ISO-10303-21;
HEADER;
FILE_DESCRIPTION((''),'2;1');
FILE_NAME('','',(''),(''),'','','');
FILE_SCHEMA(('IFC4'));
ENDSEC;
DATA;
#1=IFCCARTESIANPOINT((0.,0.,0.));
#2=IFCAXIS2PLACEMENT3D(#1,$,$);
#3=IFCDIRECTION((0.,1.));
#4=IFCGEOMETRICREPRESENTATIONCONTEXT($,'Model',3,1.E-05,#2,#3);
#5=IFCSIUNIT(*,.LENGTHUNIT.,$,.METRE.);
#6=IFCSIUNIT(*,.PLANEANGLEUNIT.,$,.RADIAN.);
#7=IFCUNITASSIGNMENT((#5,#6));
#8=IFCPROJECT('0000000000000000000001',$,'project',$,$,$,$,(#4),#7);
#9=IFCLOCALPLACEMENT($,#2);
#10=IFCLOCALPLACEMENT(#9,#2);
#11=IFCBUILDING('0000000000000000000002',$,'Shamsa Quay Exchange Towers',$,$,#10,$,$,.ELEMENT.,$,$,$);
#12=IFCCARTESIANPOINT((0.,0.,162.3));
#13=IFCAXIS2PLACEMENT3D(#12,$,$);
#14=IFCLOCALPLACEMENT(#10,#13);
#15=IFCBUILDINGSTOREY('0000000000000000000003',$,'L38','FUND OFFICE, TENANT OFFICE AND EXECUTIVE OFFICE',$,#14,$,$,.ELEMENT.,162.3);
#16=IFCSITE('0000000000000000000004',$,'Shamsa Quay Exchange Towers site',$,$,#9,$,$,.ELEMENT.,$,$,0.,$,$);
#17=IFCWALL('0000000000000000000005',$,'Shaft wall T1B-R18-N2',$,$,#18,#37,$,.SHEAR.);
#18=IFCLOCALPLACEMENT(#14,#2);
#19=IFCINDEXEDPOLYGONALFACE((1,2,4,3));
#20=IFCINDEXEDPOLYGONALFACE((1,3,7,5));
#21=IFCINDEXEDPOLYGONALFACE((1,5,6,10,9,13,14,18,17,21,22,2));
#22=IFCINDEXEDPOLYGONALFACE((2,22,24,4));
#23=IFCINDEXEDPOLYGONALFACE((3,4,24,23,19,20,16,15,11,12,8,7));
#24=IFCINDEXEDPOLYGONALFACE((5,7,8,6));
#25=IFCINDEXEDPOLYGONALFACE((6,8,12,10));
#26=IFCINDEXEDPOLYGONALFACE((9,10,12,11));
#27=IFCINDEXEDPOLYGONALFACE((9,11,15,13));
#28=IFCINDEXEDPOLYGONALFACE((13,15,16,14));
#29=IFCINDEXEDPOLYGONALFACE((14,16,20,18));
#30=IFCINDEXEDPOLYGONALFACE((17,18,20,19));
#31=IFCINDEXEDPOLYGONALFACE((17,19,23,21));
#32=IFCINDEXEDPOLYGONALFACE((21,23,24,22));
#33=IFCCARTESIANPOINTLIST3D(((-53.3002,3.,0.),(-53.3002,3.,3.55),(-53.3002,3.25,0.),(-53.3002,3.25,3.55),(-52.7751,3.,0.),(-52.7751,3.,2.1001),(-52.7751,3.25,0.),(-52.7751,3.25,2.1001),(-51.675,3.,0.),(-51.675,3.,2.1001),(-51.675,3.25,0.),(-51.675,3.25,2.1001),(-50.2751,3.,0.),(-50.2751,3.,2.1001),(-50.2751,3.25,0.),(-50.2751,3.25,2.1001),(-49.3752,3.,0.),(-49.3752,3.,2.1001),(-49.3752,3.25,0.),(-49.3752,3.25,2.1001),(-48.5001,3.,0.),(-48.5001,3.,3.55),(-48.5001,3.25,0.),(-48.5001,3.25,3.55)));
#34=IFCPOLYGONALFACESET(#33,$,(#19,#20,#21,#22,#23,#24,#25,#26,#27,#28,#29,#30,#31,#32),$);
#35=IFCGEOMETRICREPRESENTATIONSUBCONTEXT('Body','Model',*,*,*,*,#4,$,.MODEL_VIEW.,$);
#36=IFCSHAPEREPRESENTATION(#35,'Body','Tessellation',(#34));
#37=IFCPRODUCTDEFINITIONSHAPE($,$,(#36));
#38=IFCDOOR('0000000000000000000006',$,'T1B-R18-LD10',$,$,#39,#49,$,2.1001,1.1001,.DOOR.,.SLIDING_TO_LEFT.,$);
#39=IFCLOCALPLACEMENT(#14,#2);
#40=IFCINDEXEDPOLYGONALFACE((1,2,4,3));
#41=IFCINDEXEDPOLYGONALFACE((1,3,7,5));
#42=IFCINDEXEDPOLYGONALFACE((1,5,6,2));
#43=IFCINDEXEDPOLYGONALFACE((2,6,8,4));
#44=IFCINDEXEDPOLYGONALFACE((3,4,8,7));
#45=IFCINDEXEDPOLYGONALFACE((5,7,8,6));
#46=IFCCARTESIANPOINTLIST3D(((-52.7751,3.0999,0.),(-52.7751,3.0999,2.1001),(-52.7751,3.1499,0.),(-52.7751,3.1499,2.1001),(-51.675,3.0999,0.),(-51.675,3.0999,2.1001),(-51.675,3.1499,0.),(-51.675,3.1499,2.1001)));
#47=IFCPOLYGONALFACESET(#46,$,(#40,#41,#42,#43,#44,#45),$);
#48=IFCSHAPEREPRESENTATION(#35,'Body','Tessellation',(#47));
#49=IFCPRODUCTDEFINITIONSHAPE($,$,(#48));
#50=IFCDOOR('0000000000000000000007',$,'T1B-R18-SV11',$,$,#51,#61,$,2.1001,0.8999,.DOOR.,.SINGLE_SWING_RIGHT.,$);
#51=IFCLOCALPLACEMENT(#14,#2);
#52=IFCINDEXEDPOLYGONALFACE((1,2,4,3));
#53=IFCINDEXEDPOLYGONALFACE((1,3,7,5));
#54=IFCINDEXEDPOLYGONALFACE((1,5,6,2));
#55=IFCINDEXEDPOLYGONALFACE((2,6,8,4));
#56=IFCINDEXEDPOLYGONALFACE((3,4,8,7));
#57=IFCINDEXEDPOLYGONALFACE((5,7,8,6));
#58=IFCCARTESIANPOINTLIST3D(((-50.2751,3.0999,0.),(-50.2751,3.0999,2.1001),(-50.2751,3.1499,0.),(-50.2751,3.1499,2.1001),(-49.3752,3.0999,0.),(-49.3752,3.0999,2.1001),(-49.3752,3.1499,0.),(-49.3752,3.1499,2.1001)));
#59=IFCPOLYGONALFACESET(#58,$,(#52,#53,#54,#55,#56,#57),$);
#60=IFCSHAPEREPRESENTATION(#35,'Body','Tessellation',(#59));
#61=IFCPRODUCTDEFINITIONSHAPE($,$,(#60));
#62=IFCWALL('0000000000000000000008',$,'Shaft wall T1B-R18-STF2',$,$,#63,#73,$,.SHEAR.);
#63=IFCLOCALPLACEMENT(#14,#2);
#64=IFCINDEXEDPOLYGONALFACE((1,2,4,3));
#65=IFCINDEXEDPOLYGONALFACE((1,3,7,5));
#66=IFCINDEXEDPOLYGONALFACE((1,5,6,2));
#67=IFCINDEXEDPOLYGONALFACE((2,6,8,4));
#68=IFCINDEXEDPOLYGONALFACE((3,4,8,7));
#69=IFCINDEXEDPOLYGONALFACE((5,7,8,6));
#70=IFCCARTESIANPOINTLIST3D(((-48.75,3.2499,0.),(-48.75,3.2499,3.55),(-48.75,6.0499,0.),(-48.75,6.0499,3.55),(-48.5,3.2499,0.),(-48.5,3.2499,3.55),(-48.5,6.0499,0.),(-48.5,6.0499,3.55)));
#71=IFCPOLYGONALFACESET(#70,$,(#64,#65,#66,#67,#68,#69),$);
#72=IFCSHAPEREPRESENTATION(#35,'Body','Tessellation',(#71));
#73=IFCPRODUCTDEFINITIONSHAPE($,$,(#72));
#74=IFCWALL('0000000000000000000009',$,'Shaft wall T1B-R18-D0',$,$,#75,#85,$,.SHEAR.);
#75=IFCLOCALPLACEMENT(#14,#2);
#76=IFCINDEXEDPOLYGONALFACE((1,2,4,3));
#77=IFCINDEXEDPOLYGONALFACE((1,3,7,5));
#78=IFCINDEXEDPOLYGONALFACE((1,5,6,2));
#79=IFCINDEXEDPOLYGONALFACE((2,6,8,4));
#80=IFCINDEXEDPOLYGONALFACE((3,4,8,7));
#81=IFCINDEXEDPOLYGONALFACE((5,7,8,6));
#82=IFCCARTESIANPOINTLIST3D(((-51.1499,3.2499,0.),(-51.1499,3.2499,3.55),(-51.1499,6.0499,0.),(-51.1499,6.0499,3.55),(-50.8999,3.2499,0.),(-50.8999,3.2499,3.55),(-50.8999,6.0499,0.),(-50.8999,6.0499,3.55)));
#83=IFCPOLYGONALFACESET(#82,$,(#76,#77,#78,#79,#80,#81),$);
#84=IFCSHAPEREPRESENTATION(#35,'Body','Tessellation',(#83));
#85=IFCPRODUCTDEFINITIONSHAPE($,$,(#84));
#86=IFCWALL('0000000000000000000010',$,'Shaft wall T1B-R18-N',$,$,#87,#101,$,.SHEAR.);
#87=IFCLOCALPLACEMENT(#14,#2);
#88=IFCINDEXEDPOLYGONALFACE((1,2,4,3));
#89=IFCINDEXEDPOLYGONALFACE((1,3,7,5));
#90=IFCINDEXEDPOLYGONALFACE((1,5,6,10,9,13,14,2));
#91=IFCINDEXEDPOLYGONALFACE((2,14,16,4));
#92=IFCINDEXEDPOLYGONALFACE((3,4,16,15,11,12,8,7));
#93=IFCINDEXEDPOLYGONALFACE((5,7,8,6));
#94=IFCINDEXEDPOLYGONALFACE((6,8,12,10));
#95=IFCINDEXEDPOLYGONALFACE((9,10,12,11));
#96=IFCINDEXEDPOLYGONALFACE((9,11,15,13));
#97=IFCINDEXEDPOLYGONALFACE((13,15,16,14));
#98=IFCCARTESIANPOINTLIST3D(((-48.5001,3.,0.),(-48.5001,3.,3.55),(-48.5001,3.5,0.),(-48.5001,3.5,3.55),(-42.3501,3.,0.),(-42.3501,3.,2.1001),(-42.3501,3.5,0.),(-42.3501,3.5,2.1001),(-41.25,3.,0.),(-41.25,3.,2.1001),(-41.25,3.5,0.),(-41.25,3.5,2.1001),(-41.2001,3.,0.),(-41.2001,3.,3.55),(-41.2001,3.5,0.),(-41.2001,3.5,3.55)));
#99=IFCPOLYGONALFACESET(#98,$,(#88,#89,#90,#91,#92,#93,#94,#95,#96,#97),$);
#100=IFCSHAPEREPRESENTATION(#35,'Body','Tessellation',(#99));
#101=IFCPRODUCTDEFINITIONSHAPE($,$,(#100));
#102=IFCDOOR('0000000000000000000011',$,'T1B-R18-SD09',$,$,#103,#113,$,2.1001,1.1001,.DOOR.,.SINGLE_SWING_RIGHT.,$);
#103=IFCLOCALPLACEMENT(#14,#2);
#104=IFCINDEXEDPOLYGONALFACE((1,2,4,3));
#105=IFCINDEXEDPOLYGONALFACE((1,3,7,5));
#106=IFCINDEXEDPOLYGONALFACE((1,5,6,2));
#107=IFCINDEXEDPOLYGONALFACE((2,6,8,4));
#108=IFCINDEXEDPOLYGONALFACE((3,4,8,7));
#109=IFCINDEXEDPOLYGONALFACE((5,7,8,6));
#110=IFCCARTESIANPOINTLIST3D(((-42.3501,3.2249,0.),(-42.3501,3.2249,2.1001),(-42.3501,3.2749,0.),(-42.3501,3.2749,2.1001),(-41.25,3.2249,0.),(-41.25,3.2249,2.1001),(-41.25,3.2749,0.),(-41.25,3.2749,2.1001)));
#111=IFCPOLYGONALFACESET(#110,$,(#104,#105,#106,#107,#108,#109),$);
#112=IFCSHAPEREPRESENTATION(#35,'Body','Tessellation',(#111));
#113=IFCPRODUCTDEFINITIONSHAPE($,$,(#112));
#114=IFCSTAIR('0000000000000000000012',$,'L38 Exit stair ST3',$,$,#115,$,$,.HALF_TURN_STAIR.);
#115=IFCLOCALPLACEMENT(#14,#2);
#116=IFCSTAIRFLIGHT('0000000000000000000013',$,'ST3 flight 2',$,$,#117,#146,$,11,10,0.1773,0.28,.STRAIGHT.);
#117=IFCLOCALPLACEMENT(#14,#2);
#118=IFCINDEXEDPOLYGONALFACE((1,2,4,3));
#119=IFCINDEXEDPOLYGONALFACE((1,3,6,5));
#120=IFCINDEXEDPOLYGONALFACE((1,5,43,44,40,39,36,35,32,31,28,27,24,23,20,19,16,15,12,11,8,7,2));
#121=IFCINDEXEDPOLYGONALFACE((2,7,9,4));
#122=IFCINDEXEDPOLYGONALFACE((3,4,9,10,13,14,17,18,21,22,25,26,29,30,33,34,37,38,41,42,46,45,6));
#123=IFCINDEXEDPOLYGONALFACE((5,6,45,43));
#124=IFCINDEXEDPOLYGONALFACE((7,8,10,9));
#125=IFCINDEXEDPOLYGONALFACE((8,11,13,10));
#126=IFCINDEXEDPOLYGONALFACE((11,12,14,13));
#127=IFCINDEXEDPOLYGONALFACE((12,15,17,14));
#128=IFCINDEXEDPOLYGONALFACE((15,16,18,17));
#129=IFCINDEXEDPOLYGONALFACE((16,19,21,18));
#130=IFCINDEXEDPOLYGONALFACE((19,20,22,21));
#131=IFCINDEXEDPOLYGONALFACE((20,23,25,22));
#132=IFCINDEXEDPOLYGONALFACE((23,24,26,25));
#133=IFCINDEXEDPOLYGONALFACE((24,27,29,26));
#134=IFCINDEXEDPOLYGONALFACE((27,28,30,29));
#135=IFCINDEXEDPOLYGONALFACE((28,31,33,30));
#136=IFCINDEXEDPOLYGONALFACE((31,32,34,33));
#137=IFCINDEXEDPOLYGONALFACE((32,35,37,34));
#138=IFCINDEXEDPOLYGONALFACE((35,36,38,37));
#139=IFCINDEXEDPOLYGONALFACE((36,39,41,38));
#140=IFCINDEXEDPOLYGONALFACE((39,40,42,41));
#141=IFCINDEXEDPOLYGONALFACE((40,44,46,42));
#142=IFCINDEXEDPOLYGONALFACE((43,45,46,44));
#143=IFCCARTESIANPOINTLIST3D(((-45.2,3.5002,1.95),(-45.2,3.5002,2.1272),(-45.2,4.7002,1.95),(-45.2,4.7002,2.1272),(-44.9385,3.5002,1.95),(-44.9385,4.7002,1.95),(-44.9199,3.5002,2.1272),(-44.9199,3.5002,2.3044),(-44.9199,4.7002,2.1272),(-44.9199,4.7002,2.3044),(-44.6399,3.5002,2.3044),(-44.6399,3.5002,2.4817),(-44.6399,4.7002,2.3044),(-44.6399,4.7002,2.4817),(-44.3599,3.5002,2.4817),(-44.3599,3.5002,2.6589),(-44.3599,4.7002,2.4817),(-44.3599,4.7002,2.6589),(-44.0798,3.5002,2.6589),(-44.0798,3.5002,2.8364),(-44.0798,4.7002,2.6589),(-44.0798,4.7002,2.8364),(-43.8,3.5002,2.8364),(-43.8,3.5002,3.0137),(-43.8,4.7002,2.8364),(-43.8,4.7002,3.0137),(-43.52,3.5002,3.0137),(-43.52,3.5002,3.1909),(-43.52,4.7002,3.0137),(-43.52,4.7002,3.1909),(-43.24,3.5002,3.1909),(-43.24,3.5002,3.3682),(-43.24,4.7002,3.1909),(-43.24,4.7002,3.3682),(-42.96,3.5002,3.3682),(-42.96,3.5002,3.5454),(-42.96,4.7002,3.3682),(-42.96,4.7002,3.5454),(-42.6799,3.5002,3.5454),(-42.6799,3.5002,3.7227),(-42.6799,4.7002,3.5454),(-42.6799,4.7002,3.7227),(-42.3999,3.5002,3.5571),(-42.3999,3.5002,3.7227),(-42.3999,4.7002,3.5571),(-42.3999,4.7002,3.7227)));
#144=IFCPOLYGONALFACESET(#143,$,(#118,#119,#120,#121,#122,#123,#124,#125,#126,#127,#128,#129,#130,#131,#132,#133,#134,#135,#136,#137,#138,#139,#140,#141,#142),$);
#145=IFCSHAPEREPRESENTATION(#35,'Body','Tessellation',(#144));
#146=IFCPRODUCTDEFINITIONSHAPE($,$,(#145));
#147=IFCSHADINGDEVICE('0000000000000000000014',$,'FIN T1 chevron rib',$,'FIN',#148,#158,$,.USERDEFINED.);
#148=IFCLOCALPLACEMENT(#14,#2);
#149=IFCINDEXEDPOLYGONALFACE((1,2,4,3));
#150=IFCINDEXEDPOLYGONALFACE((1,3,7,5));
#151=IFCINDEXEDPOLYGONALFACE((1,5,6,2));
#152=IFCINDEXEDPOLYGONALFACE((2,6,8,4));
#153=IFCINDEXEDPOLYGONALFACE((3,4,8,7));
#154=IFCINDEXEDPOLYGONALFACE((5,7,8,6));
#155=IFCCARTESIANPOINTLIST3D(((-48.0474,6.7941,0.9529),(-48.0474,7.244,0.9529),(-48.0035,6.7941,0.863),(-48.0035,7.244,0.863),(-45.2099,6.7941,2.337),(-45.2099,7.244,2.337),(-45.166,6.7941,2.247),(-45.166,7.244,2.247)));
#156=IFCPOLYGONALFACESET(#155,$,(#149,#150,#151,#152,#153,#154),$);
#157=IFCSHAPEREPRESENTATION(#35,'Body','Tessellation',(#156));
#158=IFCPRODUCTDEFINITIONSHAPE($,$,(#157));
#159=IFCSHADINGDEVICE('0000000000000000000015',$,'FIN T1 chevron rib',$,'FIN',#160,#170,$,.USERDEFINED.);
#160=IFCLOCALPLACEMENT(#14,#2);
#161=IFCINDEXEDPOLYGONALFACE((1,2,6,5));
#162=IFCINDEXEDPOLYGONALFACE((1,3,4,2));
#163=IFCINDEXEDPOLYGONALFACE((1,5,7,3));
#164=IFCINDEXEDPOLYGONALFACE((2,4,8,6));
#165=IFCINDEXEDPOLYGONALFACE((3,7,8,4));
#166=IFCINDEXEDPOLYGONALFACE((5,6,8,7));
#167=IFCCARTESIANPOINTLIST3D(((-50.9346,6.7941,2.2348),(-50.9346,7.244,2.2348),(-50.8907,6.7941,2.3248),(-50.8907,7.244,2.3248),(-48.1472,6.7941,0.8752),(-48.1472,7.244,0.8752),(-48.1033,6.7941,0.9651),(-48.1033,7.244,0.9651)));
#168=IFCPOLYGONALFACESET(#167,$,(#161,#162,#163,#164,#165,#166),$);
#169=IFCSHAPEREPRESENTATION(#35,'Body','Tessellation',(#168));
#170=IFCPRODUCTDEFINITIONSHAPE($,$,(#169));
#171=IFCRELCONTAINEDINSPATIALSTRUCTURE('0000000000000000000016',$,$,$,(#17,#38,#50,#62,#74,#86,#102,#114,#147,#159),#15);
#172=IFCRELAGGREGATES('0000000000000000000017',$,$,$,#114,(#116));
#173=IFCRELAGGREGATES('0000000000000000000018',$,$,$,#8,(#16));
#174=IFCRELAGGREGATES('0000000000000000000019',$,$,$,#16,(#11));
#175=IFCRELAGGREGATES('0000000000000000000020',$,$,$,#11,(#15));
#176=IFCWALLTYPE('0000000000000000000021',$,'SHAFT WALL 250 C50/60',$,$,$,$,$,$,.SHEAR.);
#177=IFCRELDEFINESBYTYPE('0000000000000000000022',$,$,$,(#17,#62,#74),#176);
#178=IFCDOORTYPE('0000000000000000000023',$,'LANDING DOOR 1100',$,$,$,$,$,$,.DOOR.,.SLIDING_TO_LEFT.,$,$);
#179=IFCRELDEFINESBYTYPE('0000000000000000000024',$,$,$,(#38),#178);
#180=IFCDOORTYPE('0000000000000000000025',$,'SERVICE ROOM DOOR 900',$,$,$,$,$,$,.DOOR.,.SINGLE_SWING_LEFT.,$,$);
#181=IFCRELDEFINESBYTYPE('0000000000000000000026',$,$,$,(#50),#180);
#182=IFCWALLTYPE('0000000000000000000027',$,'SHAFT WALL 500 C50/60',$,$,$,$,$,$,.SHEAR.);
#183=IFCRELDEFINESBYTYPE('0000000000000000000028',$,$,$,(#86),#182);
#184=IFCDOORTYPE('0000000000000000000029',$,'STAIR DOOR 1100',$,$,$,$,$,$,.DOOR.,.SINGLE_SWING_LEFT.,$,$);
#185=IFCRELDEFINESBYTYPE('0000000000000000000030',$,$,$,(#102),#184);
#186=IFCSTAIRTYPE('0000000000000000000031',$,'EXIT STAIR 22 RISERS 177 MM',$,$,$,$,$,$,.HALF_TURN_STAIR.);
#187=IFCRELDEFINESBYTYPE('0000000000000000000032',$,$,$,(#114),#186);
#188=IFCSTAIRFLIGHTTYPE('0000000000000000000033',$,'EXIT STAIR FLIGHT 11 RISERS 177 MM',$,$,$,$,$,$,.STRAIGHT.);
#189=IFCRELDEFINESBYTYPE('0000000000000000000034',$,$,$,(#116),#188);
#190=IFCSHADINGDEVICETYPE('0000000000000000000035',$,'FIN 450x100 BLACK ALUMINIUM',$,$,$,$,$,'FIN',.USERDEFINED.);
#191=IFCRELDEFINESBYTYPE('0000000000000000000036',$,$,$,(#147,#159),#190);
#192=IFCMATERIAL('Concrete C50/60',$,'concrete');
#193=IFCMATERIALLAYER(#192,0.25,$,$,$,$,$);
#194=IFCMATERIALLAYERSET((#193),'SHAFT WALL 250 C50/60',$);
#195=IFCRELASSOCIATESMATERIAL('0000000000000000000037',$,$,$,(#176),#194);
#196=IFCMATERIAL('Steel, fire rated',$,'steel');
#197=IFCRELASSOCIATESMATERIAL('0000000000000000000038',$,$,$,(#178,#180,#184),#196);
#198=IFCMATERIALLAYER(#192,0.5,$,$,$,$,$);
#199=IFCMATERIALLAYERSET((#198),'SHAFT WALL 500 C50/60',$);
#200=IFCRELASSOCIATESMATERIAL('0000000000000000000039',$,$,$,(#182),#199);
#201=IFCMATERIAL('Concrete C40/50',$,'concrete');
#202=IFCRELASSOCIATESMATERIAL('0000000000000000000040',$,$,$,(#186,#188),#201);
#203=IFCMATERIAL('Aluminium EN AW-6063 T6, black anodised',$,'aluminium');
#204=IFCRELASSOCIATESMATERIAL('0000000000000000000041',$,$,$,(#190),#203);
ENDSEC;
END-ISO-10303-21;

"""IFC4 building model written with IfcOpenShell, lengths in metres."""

from ifc_helpers import new_model, si_unit, direction, frame, frame_2d, origin, origin_2d, place, context, subcontext, project, spatial, polyline, rectangle, outline, extrude, material, layer, layer_set, material_profile, profile_set, type_object, element, fill, aggregate, save


model = new_model("IFC4")

# Units and contexts
model_context = context("Model", 3, precision=1e-05, world=origin(), true_north=direction((0.0, 1.0)))
body_context = subcontext(model_context, "Body", "Model", "MODEL_VIEW")
ifc_project = project(units=[si_unit("LENGTHUNIT", "METRE"), si_unit("PLANEANGLEUNIT", "RADIAN")], contexts=[model_context])

# Site, building, storey
site_placement = place(None, origin())
site = spatial("IfcSite", under=ifc_project, at=site_placement, Name="Shamsa Quay Exchange Towers site", CompositionType="ELEMENT", RefElevation=0.0)
building_placement = place(site_placement, origin())
building = spatial("IfcBuilding", under=site, at=building_placement, Name="Shamsa Quay Exchange Towers", CompositionType="ELEMENT")
storey_placement = place(building_placement, frame((0.0, 0.0, 162.3)))
storey = spatial("IfcBuildingStorey", under=building, at=storey_placement, Name="L38", Description="FUND OFFICE, TENANT OFFICE AND EXECUTIVE OFFICE", CompositionType="ELEMENT", Elevation=162.3)

# Shared definitions
ifc_material_1 = material(Name="Aluminium EN AW-6063 T6, black anodised", Category="aluminium")

# Wall, openings, doors
ifc_material_2 = material(Name="Concrete C50/60", Category="concrete")
ifc_layer_1 = layer(ifc_material_2, 0.25)
ifc_layer_set_1 = layer_set([ifc_layer_1], Name="SHAFT WALL 250 C50/60")
wall_type_1 = type_object("IfcWallType", Name="SHAFT WALL 250 C50/60", PredefinedType="SHEAR", material=ifc_layer_set_1)
wall_1_placement = place(storey_placement, frame((-53.3, 3.125, 0.0)))
wall_1 = element("IfcWall", 1, at=wall_1_placement, inside=storey, type_object=wall_type_1, Name="Shaft wall T1B-R18-N2", PredefinedType="SHEAR", context=body_context, shape_type="SweptSolid", body=[
    extrude(rectangle(XDim=4.8, YDim=0.25, at=frame_2d((2.3999, 0.0))), origin(), (0.0, 0.0, 1.0), 3.55),
])
opening_1_placement = place(wall_1_placement, frame((0.5249, 0.0, 0.0)))
opening_1 = element("IfcOpeningElement", 2, at=opening_1_placement, cuts=wall_1, PredefinedType="OPENING", context=body_context, shape_type="SweptSolid", body=[
    extrude(rectangle(XDim=1.1001, YDim=2.1001, at=frame_2d((0.55, 1.05))), frame((0.0, 0.135, 0.0), z_axis=(0.0, -1.0, 0.0), x_axis=(1.0, 0.0, 0.0)), (0.0, 0.0, 1.0), 0.27),
])
opening_2_placement = place(wall_1_placement, frame((3.0249, 0.0, 0.0)))
opening_2 = element("IfcOpeningElement", 3, at=opening_2_placement, cuts=wall_1, PredefinedType="OPENING", context=body_context, shape_type="SweptSolid", body=[
    extrude(rectangle(XDim=0.8999, YDim=2.1001, at=frame_2d((0.45, 1.05))), frame((0.0, 0.135, 0.0), z_axis=(0.0, -1.0, 0.0), x_axis=(1.0, 0.0, 0.0)), (0.0, 0.0, 1.0), 0.27),
])
ifc_material_3 = material(Name="Steel, fire rated", Category="steel")
door_type_1 = type_object("IfcDoorType", Name="LANDING DOOR 1100", OperationType="SLIDING_TO_LEFT", PredefinedType="DOOR", material=ifc_material_3)
door_1_placement = place(opening_1_placement, origin())
door_1 = element("IfcDoor", 4, at=door_1_placement, inside=storey, type_object=door_type_1, Name="T1B-R18-LD10", OperationType="SLIDING_TO_LEFT", OverallHeight=2.1001, OverallWidth=1.1001, PredefinedType="DOOR", context=body_context, shape_type="SweptSolid", body=[
    extrude(rectangle(XDim=1.1001, YDim=2.1001, at=frame_2d((0.55, 1.05))), frame((0.0, 0.0249, 0.0), z_axis=(0.0, -1.0, 0.0), x_axis=(1.0, 0.0, 0.0)), (0.0, 0.0, 1.0), 0.05),
])
fill(opening_1, door_1)
door_type_2 = type_object("IfcDoorType", Name="SERVICE ROOM DOOR 900", OperationType="SINGLE_SWING_LEFT", PredefinedType="DOOR", material=ifc_material_3)
door_2_placement = place(opening_2_placement, origin())
door_2 = element("IfcDoor", 5, at=door_2_placement, inside=storey, type_object=door_type_2, Name="T1B-R18-SV11", OperationType="SINGLE_SWING_RIGHT", OverallHeight=2.1001, OverallWidth=0.8999, PredefinedType="DOOR", context=body_context, shape_type="SweptSolid", body=[
    extrude(rectangle(XDim=0.8999, YDim=2.1001, at=frame_2d((0.45, 1.05))), frame((0.0, 0.0249, 0.0), z_axis=(0.0, -1.0, 0.0), x_axis=(1.0, 0.0, 0.0)), (0.0, 0.0, 1.0), 0.05),
])
fill(opening_2, door_2)

# Walls
for number, where, z_axis, x_axis, name in (
    (6, (-48.625, 3.25, 0.0), (0.0, 0.0, 1.0), (0.0, 1.0, 0.0), "Shaft wall T1B-R18-STF2"),
    (7, (-51.0249, 3.25, 0.0), (0.0, 0.0, 1.0), (0.0, 1.0, 0.0), "Shaft wall T1B-R18-D0"),
):
    element("IfcWall", number, at=place(storey_placement, frame(where, z_axis=z_axis, x_axis=x_axis)), inside=storey, type_object=wall_type_1, Name=name, PredefinedType="SHEAR", context=body_context, shape_type="SweptSolid", body=[
        extrude(rectangle(XDim=2.8, YDim=0.25, at=frame_2d((1.3999, 0.0))), origin(), (0.0, 0.0, 1.0), 3.55),
    ])

# Wall, opening, door
ifc_layer_2 = layer(ifc_material_2, 0.5)
ifc_layer_set_2 = layer_set([ifc_layer_2], Name="SHAFT WALL 500 C50/60")
wall_type_2 = type_object("IfcWallType", Name="SHAFT WALL 500 C50/60", PredefinedType="SHEAR", material=ifc_layer_set_2)
wall_2_placement = place(storey_placement, frame((-48.5, 3.25, 0.0)))
wall_2 = element("IfcWall", 8, at=wall_2_placement, inside=storey, type_object=wall_type_2, Name="Shaft wall T1B-R18-N", PredefinedType="SHEAR", context=body_context, shape_type="SweptSolid", body=[
    extrude(rectangle(XDim=7.3, YDim=0.5, at=frame_2d((3.6499, 0.0))), origin(), (0.0, 0.0, 1.0), 3.55),
])
opening_3_placement = place(wall_2_placement, frame((6.1499, 0.0, 0.0)))
opening_3 = element("IfcOpeningElement", 9, at=opening_3_placement, cuts=wall_2, PredefinedType="OPENING", context=body_context, shape_type="SweptSolid", body=[
    extrude(rectangle(XDim=1.1001, YDim=2.1001, at=frame_2d((0.55, 1.05))), frame((0.0, 0.26, 0.0), z_axis=(0.0, -1.0, 0.0), x_axis=(1.0, 0.0, 0.0)), (0.0, 0.0, 1.0), 0.52),
])
door_type_3 = type_object("IfcDoorType", Name="STAIR DOOR 1100", OperationType="SINGLE_SWING_LEFT", PredefinedType="DOOR", material=ifc_material_3)
door_3_placement = place(opening_3_placement, origin())
door_3 = element("IfcDoor", 10, at=door_3_placement, inside=storey, type_object=door_type_3, Name="T1B-R18-SD09", OperationType="SINGLE_SWING_RIGHT", OverallHeight=2.1001, OverallWidth=1.1001, PredefinedType="DOOR", context=body_context, shape_type="SweptSolid", body=[
    extrude(rectangle(XDim=1.1001, YDim=2.1001, at=frame_2d((0.55, 1.05))), frame((0.0, 0.0249, 0.0), z_axis=(0.0, -1.0, 0.0), x_axis=(1.0, 0.0, 0.0)), (0.0, 0.0, 1.0), 0.05),
])
fill(opening_3, door_3)

# Stair, stair flight
ifc_material_4 = material(Name="Concrete C40/50", Category="concrete")
stair_type = type_object("IfcStairType", Name="EXIT STAIR 22 RISERS 177 MM", PredefinedType="HALF_TURN_STAIR", material=ifc_material_4)
stair_placement = place(storey_placement, origin())
stair = element("IfcStair", 11, at=stair_placement, inside=storey, type_object=stair_type, Name="L38 Exit stair ST3", PredefinedType="HALF_TURN_STAIR")
stair_flight_type = type_object("IfcStairFlightType", Name="EXIT STAIR FLIGHT 11 RISERS 177 MM", PredefinedType="STRAIGHT", material=ifc_material_4)
stair_flight_placement = place(storey_placement, frame((-45.2, 4.1001, 1.95)))
stair_flight = element("IfcStairFlight", 12, at=stair_flight_placement, type_object=stair_flight_type, Name="ST3 flight 2", NumberOfRisers=11, NumberOfTreads=10, PredefinedType="STRAIGHT", RiserHeight=0.1773, TreadLength=0.28, context=body_context, shape_type="SweptSolid", body=[
    extrude(outline(polyline([(0.0, 0.0), (0.0, 0.1772), (0.28, 0.1772), (0.28, 0.3545), (0.5601, 0.3545), (0.5601, 0.5317), (0.8401, 0.5317), (0.8401, 0.709), (1.1201, 0.709), (1.1201, 0.8865), (1.3999, 0.8865), (1.3999, 1.0637), (1.6799, 1.0637), (1.6799, 1.241), (1.96, 1.241), (1.96, 1.4182), (2.24, 1.4182), (2.24, 1.5955), (2.52, 1.5955), (2.52, 1.7727), (2.8, 1.7727), (2.8, 1.95), (2.8, 1.6072), (0.2615, 0.0), (0.0, 0.0)])), frame((0.0, 0.6001, 0.0), z_axis=(0.0, -1.0, 0.0), x_axis=(1.0, 0.0, 0.0)), (0.0, 0.0, 1.0), 1.2),
])
aggregate(stair, [stair_flight])

# Shading devices
ifc_material_profile_1 = material_profile(ifc_material_1, rectangle(XDim=0.45, YDim=0.1001, at=origin_2d()), Name="FIN450x100")
ifc_profile_set_1 = profile_set([ifc_material_profile_1], Name="Aluminium EN AW-6063 T6, black anodised")
shading_device_type = type_object("IfcShadingDeviceType", Name="FIN 450x100 BLACK ALUMINIUM", ElementType="FIN", PredefinedType="USERDEFINED", material=ifc_profile_set_1)
shading_device_1_placement = place(storey_placement, frame((-45.188, 7.019, 2.292), z_axis=(-0.898777, 0.0, -0.438407), x_axis=(0.0, -1.0, 0.0)))
element("IfcShadingDevice", 13, at=shading_device_1_placement, inside=storey, type_object=shading_device_type, Name="FIN T1 chevron rib", ObjectType="FIN", PredefinedType="USERDEFINED", context=body_context, shape_type="SweptSolid", body=[
    extrude(rectangle(XDim=0.45, YDim=0.1001, at=origin_2d()), origin(), (0.0, 0.0, 1.0), 3.157),
])
shading_device_2_placement = place(storey_placement, frame((-48.1252, 7.019, 0.9202), z_axis=(-0.898777, 0.0, 0.438407), x_axis=(0.0, -1.0, 0.0)))
element("IfcShadingDevice", 14, at=shading_device_2_placement, inside=storey, type_object=shading_device_type, Name="FIN T1 chevron rib", ObjectType="FIN", PredefinedType="USERDEFINED", context=body_context, shape_type="SweptSolid", body=[
    extrude(rectangle(XDim=0.45, YDim=0.1001, at=origin_2d()), origin(), (0.0, 0.0, 1.0), 3.1013),
])

save(model, "model.ifc")
